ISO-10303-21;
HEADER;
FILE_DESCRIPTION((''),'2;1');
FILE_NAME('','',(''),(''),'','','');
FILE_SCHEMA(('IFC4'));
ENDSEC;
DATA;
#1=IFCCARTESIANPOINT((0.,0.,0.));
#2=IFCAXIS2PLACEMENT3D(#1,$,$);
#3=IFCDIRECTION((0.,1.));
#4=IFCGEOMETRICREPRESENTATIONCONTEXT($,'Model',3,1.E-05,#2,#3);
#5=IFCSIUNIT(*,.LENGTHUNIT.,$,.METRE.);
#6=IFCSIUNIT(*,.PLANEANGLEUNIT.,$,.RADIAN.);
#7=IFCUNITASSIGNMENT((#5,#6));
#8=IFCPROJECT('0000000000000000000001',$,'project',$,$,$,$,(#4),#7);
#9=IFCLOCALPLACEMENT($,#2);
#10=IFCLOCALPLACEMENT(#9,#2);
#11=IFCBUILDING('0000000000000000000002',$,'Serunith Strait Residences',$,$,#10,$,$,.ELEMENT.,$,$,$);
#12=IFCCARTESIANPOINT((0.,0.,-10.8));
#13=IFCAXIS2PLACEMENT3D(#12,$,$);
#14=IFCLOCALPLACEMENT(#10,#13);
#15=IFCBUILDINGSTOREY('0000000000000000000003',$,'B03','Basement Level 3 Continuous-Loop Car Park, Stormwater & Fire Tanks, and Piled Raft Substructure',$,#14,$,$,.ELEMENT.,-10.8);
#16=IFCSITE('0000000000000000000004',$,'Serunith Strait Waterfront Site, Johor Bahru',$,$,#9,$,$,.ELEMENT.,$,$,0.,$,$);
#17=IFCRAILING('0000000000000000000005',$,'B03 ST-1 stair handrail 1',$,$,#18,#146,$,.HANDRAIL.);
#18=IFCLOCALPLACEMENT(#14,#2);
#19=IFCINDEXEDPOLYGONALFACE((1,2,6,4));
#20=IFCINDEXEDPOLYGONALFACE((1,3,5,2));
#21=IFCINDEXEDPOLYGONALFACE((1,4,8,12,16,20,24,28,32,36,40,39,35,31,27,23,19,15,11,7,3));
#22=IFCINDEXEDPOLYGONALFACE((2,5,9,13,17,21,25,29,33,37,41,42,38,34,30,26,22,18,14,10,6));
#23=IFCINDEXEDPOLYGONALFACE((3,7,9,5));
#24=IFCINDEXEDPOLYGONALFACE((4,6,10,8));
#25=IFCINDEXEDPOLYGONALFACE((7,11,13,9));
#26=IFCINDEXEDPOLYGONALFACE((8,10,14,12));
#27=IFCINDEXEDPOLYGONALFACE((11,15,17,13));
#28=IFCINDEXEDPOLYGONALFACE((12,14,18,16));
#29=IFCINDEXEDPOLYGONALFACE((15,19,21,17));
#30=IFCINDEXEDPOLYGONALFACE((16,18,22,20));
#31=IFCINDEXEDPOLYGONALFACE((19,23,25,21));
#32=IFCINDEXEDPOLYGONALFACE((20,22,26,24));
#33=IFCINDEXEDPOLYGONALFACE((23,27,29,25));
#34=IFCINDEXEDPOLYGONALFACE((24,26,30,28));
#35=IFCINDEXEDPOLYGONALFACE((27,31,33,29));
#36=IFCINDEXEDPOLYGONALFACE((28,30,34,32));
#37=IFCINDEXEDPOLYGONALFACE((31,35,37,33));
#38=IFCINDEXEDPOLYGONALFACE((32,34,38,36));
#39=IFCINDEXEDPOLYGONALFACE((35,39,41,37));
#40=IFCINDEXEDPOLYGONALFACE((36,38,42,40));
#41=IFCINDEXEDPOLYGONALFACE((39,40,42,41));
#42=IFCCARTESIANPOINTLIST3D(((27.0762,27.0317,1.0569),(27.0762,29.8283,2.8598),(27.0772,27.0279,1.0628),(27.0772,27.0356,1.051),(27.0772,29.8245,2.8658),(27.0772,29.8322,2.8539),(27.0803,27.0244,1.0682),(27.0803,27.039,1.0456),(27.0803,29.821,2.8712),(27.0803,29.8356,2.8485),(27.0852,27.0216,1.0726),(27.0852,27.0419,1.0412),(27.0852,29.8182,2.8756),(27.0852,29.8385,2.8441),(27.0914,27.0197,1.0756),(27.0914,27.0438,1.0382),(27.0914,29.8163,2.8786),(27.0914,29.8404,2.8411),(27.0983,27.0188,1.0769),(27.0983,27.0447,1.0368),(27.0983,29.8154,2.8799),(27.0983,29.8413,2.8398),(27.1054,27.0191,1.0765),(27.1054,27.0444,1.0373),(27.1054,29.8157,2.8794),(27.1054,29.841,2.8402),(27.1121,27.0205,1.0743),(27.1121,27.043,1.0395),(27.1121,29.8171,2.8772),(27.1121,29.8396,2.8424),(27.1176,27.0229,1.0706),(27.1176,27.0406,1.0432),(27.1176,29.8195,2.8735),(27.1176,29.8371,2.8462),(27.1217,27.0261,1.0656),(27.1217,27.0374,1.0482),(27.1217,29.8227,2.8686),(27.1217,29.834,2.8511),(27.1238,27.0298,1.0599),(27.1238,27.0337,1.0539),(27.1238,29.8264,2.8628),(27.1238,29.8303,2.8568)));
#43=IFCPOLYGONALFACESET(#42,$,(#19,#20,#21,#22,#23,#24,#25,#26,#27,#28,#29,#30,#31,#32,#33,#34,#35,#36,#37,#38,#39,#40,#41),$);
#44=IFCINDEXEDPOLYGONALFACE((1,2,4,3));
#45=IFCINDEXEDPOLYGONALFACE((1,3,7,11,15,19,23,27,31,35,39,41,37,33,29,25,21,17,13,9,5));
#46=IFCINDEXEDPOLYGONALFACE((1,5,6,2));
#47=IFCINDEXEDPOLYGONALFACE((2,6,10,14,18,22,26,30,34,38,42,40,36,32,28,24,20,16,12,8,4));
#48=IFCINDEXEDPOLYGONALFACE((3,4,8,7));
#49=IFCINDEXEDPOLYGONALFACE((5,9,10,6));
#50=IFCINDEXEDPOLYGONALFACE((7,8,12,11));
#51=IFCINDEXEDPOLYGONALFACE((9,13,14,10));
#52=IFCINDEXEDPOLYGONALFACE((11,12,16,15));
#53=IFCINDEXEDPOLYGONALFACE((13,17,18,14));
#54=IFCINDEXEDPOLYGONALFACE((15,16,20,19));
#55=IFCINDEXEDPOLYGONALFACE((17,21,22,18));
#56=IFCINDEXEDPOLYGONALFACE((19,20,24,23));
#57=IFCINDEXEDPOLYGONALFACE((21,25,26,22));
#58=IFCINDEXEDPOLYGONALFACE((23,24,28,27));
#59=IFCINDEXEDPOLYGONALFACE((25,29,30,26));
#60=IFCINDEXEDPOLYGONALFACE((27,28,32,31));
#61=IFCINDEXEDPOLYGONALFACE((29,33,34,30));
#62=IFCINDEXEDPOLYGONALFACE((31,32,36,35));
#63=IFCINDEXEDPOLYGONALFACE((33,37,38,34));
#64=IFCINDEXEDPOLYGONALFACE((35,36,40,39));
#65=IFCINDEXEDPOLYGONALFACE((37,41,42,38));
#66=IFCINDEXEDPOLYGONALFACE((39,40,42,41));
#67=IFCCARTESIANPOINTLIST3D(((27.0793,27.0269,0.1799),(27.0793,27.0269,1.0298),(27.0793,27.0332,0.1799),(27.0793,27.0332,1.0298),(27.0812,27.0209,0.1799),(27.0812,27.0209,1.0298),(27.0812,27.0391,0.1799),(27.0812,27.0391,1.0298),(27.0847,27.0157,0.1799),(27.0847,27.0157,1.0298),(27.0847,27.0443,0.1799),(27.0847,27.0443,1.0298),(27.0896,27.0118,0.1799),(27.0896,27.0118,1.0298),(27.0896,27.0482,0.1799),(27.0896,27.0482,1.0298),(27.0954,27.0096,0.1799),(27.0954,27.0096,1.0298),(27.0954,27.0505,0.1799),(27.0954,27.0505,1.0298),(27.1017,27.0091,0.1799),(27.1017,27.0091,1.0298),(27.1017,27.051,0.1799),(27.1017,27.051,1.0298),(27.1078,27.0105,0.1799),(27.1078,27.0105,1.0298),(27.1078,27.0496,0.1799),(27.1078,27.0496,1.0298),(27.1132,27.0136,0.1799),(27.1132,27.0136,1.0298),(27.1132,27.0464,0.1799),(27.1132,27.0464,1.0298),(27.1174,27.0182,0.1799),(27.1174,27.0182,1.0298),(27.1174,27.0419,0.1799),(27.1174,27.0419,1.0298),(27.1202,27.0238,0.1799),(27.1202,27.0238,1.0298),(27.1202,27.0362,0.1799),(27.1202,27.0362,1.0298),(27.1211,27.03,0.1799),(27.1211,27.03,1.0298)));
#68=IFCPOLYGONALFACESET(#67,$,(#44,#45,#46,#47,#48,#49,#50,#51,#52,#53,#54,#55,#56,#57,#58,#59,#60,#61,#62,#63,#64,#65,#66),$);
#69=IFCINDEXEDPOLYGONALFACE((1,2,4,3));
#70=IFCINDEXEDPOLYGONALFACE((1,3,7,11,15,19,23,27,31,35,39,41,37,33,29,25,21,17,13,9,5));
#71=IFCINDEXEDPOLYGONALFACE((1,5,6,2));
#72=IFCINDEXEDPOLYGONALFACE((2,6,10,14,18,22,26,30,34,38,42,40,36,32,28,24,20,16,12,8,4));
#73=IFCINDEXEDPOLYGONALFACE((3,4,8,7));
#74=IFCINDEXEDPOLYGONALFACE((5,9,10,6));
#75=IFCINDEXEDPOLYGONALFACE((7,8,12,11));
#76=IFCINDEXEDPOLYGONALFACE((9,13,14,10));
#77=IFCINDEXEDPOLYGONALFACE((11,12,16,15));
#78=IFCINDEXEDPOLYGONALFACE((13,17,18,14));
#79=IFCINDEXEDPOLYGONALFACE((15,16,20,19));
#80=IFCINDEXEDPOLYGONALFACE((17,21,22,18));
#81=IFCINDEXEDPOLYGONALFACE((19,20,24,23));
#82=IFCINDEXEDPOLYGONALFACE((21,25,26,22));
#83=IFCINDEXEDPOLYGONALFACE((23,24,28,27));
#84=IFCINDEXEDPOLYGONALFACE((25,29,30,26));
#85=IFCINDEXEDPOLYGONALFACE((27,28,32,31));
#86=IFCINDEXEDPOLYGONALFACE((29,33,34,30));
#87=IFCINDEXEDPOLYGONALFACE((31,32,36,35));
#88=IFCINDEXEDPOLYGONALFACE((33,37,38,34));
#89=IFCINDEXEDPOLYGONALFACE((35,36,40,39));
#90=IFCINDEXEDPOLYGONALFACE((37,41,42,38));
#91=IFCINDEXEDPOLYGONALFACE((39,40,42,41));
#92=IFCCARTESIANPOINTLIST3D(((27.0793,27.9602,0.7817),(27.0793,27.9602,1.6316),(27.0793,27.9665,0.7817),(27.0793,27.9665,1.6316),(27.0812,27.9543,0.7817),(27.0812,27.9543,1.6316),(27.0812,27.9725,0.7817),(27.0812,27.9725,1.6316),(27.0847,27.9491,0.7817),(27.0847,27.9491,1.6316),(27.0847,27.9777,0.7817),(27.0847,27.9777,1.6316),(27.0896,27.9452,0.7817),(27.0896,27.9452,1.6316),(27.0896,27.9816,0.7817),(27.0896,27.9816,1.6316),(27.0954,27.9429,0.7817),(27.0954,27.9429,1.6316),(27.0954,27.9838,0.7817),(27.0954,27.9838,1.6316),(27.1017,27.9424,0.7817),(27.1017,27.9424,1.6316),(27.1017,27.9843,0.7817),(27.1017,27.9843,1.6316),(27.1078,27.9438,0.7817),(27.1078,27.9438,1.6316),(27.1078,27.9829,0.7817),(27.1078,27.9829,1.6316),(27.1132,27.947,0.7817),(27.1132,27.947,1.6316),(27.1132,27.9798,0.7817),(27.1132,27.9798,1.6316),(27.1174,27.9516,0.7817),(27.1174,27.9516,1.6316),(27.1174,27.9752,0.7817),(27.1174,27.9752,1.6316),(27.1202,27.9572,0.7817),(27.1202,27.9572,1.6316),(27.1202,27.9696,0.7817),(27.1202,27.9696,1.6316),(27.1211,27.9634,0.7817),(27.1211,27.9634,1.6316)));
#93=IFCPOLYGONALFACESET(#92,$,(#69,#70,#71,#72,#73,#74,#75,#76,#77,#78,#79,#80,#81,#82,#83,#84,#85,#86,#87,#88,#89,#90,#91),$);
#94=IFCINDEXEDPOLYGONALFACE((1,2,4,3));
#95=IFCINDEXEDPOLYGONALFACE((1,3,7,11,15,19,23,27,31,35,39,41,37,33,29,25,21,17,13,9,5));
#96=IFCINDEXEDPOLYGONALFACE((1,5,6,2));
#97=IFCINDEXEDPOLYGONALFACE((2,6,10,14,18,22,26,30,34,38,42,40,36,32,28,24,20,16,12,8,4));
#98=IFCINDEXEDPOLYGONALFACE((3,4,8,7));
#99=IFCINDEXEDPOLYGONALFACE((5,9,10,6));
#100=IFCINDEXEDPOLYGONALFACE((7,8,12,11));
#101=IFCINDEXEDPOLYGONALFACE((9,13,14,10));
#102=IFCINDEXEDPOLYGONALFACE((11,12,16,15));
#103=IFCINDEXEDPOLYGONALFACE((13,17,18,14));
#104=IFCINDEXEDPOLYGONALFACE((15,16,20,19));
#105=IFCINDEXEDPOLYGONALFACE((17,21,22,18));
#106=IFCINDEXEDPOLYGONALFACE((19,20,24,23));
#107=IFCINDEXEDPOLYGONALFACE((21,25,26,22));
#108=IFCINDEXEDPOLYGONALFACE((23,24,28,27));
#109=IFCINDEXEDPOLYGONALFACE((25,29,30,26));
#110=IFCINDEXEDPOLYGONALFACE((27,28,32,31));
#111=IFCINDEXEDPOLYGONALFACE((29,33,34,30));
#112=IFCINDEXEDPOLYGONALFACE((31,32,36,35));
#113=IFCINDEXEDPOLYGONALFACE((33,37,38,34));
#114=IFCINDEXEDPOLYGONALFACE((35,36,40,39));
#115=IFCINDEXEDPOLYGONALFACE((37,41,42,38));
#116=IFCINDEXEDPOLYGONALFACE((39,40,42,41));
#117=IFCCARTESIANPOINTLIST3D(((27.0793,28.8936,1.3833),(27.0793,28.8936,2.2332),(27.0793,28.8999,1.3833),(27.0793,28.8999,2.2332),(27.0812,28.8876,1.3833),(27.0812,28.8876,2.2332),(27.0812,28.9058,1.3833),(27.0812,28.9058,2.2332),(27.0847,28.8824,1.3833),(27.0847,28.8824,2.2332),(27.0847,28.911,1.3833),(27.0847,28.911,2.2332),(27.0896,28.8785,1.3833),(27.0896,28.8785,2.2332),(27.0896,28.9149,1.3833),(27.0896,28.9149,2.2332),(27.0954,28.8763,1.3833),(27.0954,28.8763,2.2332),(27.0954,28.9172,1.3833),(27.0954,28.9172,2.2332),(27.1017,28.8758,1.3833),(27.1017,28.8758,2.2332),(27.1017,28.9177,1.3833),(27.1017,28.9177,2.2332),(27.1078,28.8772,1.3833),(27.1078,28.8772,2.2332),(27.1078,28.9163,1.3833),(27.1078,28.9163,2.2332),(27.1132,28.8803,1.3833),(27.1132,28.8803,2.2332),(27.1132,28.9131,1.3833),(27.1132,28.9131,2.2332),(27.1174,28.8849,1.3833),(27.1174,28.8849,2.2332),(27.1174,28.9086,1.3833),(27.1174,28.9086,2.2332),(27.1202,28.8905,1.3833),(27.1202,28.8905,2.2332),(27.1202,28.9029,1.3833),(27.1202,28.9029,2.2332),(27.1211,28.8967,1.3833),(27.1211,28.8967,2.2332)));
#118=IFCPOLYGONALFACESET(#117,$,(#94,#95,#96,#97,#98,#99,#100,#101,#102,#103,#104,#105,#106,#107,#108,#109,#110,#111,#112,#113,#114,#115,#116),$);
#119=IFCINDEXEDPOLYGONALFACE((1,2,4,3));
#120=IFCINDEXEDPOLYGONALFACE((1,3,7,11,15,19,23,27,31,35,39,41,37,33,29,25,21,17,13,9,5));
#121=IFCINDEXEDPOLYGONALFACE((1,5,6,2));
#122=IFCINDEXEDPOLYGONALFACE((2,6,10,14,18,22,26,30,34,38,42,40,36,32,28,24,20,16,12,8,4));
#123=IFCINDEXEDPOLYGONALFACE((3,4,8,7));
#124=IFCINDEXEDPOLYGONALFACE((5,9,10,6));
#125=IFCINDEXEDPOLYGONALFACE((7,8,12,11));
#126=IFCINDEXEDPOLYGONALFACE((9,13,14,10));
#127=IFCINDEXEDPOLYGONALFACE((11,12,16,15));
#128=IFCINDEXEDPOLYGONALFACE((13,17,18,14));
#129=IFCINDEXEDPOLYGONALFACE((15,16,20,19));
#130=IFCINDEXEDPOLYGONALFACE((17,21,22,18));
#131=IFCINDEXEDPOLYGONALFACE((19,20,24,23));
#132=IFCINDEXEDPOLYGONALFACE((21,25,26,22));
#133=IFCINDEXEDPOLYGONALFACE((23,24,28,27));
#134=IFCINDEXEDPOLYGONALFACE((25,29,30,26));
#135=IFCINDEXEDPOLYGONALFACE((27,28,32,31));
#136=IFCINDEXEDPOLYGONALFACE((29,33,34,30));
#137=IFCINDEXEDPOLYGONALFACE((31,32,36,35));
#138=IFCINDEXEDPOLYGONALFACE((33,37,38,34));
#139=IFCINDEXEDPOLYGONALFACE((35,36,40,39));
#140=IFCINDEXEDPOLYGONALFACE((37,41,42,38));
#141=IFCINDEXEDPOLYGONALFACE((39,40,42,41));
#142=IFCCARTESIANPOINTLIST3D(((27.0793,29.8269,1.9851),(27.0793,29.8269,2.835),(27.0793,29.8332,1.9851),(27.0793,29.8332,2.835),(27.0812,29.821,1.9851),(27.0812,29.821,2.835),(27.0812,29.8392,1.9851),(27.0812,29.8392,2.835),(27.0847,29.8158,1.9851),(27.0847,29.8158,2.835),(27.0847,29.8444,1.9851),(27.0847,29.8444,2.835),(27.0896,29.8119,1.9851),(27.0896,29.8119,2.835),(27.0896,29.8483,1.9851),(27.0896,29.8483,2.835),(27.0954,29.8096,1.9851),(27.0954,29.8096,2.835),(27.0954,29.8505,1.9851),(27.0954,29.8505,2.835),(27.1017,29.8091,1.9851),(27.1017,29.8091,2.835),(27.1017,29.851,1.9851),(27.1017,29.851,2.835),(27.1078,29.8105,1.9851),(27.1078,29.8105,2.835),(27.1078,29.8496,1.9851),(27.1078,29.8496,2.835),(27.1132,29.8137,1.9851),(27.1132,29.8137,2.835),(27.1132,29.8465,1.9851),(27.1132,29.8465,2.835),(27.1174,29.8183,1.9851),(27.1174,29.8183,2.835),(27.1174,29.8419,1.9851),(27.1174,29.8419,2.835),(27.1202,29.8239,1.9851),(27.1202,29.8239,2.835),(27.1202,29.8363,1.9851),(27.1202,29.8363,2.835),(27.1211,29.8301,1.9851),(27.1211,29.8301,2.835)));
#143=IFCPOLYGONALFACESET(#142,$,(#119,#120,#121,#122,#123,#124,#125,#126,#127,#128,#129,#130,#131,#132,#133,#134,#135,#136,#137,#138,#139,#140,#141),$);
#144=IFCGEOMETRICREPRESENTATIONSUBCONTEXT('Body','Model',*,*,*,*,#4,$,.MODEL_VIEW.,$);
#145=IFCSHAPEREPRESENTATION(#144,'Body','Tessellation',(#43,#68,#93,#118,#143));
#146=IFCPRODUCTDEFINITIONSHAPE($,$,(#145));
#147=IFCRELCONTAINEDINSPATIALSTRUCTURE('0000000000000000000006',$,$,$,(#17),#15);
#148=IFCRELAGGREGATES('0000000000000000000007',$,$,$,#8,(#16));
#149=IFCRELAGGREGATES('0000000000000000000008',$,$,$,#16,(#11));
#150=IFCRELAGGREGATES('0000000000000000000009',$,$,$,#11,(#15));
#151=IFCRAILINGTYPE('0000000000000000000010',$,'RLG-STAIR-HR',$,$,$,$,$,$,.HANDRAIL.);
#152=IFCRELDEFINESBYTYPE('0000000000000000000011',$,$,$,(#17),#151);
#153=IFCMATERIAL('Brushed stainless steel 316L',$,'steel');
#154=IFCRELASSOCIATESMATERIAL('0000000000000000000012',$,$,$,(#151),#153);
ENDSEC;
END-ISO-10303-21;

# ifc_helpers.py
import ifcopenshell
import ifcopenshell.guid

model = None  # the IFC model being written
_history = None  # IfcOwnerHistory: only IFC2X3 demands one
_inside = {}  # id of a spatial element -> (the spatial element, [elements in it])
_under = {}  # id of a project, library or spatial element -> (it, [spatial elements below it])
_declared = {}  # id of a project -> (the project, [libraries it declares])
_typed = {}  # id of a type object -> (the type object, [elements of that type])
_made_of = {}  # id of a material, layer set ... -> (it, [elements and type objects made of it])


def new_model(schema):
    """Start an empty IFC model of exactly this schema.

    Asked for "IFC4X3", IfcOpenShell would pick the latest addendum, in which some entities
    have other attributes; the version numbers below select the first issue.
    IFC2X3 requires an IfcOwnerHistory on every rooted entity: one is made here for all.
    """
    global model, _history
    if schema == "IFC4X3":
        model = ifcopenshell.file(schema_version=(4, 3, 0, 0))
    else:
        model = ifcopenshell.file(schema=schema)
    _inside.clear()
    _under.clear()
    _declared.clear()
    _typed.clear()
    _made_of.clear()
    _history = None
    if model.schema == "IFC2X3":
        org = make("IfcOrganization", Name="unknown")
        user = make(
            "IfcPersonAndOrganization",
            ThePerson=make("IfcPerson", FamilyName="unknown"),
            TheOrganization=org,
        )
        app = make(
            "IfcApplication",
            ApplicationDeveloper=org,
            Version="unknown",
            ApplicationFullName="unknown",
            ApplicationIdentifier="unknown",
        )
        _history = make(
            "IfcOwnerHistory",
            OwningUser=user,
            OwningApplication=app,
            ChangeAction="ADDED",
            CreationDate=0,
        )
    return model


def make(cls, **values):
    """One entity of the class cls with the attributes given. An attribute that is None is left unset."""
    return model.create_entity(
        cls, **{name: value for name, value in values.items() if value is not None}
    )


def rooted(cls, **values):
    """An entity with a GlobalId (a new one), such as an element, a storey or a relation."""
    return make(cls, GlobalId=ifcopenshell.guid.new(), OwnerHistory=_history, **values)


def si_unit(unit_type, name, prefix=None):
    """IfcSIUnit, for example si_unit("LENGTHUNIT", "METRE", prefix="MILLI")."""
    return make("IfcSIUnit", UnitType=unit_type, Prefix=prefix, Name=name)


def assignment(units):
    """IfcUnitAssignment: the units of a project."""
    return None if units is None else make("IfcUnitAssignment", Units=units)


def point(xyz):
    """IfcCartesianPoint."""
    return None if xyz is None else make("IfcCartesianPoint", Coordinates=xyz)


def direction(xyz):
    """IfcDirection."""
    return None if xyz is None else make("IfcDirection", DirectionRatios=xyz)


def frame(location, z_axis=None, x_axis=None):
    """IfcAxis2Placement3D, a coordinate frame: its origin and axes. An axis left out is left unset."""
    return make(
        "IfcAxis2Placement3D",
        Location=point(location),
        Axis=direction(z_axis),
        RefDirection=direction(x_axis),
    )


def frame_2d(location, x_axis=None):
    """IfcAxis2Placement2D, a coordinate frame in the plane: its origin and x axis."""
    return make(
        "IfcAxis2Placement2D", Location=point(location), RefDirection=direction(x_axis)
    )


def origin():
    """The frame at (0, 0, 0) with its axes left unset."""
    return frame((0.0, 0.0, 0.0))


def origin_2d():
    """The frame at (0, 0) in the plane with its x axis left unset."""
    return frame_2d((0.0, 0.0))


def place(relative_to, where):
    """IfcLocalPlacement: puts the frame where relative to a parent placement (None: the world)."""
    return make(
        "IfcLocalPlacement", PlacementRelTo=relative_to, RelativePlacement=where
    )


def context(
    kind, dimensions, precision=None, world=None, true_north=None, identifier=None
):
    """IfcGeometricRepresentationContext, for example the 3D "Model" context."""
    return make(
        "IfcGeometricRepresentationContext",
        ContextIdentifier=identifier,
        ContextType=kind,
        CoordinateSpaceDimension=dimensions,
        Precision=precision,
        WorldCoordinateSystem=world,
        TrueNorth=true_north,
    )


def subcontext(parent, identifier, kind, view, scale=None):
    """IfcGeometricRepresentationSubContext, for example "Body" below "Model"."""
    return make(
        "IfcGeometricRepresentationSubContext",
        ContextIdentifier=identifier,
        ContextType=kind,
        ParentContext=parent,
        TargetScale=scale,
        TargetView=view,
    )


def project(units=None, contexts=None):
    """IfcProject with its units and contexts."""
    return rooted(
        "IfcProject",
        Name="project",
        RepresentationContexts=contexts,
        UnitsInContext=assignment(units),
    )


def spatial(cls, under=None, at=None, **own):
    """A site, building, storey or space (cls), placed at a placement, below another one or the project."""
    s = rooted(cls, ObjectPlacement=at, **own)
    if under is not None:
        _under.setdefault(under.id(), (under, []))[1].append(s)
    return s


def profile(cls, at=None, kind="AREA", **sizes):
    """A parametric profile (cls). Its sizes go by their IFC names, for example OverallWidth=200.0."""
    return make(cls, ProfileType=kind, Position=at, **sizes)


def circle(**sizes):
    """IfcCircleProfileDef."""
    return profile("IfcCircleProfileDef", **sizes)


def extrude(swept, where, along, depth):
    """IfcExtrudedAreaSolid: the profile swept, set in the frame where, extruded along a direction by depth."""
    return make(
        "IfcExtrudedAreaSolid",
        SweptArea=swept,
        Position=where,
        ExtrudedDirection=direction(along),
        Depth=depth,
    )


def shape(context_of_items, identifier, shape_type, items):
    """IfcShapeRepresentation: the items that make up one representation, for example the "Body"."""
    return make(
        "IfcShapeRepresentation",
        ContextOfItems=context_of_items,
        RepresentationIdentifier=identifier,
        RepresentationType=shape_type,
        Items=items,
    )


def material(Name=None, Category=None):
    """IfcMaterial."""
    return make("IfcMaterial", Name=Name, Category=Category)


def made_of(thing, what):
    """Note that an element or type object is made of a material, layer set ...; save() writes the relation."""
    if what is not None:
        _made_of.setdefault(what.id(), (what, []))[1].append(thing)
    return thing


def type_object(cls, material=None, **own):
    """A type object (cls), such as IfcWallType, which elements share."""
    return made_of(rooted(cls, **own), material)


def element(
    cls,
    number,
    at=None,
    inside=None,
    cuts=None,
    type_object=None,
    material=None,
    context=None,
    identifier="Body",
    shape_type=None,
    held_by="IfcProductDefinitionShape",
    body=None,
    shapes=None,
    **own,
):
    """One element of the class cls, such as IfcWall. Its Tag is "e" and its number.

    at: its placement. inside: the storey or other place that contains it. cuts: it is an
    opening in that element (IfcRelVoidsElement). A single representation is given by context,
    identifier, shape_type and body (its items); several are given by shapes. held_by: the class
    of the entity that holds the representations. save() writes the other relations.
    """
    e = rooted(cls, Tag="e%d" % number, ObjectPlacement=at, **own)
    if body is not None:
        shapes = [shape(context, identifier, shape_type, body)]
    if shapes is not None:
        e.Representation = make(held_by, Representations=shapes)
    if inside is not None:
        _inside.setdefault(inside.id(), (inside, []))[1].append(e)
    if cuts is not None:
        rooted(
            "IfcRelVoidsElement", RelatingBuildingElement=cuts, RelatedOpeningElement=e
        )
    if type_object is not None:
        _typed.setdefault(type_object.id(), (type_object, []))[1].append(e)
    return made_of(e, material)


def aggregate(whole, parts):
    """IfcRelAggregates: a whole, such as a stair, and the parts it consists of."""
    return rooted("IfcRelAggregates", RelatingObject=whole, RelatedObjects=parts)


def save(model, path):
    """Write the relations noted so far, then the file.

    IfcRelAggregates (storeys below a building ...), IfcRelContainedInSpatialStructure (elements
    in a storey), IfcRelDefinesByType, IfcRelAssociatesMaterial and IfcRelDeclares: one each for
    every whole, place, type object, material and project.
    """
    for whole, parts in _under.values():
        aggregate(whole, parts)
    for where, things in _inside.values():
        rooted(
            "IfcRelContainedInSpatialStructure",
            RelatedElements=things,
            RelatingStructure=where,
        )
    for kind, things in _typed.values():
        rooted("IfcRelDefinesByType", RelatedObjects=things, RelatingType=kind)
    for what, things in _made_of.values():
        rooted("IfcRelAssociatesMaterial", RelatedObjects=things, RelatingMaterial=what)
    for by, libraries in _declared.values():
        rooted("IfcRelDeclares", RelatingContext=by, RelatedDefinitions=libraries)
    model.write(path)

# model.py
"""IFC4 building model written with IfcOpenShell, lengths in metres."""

from ifc_helpers import new_model, si_unit, direction, frame, origin, origin_2d, place, context, subcontext, project, spatial, circle, extrude, material, type_object, element, save


model = new_model("IFC4")

# Units and contexts
model_context = context("Model", 3, precision=1e-05, world=origin(), true_north=direction((0.0, 1.0)))
body_context = subcontext(model_context, "Body", "Model", "MODEL_VIEW")
ifc_project = project(units=[si_unit("LENGTHUNIT", "METRE"), si_unit("PLANEANGLEUNIT", "RADIAN")], contexts=[model_context])

# Site, building, storey
site_placement = place(None, origin())
site = spatial("IfcSite", under=ifc_project, at=site_placement, Name="Serunith Strait Waterfront Site, Johor Bahru", CompositionType="ELEMENT", RefElevation=0.0)
building_placement = place(site_placement, origin())
building = spatial("IfcBuilding", under=site, at=building_placement, Name="Serunith Strait Residences", CompositionType="ELEMENT")
storey_placement = place(building_placement, frame((0.0, 0.0, -10.8)))
storey = spatial("IfcBuildingStorey", under=building, at=storey_placement, Name="B03", Description="Basement Level 3 Continuous-Loop Car Park, Stormwater & Fire Tanks, and Piled Raft Substructure", CompositionType="ELEMENT", Elevation=-10.8)

# Railing
ifc_material_1 = material(Name="Brushed stainless steel 316L", Category="steel")
railing_type_1 = type_object("IfcRailingType", Name="RLG-STAIR-HR", PredefinedType="HANDRAIL", material=ifc_material_1)
railing_1_placement = place(storey_placement, frame((27.1001, 27.03, 0.1799)))
element("IfcRailing", 1, at=railing_1_placement, inside=storey, type_object=railing_type_1, Name="B03 ST-1 stair handrail 1", PredefinedType="HANDRAIL", context=body_context, shape_type="SweptSolid", body=[
    extrude(circle(Radius=0.0239, at=origin_2d()), frame((0.0, 0.0017, 0.877), z_axis=(0.0, 0.840475, 0.54185), x_axis=(-1.0, 0.0, 0.0)), (0.0, 0.0, 1.0), 3.3274),
    extrude(circle(Radius=0.021, at=origin_2d()), origin(), (0.0, 0.0, 1.0), 0.8499),
    extrude(circle(Radius=0.021, at=origin_2d()), frame((0.0, 0.9333, 0.6018)), (0.0, 0.0, 1.0), 0.8499),
    extrude(circle(Radius=0.021, at=origin_2d()), frame((0.0, 1.8667, 1.2034)), (0.0, 0.0, 1.0), 0.8499),
    extrude(circle(Radius=0.021, at=origin_2d()), frame((0.0, 2.8, 1.8052)), (0.0, 0.0, 1.0), 0.8499),
])

save(model, "model.ifc")
